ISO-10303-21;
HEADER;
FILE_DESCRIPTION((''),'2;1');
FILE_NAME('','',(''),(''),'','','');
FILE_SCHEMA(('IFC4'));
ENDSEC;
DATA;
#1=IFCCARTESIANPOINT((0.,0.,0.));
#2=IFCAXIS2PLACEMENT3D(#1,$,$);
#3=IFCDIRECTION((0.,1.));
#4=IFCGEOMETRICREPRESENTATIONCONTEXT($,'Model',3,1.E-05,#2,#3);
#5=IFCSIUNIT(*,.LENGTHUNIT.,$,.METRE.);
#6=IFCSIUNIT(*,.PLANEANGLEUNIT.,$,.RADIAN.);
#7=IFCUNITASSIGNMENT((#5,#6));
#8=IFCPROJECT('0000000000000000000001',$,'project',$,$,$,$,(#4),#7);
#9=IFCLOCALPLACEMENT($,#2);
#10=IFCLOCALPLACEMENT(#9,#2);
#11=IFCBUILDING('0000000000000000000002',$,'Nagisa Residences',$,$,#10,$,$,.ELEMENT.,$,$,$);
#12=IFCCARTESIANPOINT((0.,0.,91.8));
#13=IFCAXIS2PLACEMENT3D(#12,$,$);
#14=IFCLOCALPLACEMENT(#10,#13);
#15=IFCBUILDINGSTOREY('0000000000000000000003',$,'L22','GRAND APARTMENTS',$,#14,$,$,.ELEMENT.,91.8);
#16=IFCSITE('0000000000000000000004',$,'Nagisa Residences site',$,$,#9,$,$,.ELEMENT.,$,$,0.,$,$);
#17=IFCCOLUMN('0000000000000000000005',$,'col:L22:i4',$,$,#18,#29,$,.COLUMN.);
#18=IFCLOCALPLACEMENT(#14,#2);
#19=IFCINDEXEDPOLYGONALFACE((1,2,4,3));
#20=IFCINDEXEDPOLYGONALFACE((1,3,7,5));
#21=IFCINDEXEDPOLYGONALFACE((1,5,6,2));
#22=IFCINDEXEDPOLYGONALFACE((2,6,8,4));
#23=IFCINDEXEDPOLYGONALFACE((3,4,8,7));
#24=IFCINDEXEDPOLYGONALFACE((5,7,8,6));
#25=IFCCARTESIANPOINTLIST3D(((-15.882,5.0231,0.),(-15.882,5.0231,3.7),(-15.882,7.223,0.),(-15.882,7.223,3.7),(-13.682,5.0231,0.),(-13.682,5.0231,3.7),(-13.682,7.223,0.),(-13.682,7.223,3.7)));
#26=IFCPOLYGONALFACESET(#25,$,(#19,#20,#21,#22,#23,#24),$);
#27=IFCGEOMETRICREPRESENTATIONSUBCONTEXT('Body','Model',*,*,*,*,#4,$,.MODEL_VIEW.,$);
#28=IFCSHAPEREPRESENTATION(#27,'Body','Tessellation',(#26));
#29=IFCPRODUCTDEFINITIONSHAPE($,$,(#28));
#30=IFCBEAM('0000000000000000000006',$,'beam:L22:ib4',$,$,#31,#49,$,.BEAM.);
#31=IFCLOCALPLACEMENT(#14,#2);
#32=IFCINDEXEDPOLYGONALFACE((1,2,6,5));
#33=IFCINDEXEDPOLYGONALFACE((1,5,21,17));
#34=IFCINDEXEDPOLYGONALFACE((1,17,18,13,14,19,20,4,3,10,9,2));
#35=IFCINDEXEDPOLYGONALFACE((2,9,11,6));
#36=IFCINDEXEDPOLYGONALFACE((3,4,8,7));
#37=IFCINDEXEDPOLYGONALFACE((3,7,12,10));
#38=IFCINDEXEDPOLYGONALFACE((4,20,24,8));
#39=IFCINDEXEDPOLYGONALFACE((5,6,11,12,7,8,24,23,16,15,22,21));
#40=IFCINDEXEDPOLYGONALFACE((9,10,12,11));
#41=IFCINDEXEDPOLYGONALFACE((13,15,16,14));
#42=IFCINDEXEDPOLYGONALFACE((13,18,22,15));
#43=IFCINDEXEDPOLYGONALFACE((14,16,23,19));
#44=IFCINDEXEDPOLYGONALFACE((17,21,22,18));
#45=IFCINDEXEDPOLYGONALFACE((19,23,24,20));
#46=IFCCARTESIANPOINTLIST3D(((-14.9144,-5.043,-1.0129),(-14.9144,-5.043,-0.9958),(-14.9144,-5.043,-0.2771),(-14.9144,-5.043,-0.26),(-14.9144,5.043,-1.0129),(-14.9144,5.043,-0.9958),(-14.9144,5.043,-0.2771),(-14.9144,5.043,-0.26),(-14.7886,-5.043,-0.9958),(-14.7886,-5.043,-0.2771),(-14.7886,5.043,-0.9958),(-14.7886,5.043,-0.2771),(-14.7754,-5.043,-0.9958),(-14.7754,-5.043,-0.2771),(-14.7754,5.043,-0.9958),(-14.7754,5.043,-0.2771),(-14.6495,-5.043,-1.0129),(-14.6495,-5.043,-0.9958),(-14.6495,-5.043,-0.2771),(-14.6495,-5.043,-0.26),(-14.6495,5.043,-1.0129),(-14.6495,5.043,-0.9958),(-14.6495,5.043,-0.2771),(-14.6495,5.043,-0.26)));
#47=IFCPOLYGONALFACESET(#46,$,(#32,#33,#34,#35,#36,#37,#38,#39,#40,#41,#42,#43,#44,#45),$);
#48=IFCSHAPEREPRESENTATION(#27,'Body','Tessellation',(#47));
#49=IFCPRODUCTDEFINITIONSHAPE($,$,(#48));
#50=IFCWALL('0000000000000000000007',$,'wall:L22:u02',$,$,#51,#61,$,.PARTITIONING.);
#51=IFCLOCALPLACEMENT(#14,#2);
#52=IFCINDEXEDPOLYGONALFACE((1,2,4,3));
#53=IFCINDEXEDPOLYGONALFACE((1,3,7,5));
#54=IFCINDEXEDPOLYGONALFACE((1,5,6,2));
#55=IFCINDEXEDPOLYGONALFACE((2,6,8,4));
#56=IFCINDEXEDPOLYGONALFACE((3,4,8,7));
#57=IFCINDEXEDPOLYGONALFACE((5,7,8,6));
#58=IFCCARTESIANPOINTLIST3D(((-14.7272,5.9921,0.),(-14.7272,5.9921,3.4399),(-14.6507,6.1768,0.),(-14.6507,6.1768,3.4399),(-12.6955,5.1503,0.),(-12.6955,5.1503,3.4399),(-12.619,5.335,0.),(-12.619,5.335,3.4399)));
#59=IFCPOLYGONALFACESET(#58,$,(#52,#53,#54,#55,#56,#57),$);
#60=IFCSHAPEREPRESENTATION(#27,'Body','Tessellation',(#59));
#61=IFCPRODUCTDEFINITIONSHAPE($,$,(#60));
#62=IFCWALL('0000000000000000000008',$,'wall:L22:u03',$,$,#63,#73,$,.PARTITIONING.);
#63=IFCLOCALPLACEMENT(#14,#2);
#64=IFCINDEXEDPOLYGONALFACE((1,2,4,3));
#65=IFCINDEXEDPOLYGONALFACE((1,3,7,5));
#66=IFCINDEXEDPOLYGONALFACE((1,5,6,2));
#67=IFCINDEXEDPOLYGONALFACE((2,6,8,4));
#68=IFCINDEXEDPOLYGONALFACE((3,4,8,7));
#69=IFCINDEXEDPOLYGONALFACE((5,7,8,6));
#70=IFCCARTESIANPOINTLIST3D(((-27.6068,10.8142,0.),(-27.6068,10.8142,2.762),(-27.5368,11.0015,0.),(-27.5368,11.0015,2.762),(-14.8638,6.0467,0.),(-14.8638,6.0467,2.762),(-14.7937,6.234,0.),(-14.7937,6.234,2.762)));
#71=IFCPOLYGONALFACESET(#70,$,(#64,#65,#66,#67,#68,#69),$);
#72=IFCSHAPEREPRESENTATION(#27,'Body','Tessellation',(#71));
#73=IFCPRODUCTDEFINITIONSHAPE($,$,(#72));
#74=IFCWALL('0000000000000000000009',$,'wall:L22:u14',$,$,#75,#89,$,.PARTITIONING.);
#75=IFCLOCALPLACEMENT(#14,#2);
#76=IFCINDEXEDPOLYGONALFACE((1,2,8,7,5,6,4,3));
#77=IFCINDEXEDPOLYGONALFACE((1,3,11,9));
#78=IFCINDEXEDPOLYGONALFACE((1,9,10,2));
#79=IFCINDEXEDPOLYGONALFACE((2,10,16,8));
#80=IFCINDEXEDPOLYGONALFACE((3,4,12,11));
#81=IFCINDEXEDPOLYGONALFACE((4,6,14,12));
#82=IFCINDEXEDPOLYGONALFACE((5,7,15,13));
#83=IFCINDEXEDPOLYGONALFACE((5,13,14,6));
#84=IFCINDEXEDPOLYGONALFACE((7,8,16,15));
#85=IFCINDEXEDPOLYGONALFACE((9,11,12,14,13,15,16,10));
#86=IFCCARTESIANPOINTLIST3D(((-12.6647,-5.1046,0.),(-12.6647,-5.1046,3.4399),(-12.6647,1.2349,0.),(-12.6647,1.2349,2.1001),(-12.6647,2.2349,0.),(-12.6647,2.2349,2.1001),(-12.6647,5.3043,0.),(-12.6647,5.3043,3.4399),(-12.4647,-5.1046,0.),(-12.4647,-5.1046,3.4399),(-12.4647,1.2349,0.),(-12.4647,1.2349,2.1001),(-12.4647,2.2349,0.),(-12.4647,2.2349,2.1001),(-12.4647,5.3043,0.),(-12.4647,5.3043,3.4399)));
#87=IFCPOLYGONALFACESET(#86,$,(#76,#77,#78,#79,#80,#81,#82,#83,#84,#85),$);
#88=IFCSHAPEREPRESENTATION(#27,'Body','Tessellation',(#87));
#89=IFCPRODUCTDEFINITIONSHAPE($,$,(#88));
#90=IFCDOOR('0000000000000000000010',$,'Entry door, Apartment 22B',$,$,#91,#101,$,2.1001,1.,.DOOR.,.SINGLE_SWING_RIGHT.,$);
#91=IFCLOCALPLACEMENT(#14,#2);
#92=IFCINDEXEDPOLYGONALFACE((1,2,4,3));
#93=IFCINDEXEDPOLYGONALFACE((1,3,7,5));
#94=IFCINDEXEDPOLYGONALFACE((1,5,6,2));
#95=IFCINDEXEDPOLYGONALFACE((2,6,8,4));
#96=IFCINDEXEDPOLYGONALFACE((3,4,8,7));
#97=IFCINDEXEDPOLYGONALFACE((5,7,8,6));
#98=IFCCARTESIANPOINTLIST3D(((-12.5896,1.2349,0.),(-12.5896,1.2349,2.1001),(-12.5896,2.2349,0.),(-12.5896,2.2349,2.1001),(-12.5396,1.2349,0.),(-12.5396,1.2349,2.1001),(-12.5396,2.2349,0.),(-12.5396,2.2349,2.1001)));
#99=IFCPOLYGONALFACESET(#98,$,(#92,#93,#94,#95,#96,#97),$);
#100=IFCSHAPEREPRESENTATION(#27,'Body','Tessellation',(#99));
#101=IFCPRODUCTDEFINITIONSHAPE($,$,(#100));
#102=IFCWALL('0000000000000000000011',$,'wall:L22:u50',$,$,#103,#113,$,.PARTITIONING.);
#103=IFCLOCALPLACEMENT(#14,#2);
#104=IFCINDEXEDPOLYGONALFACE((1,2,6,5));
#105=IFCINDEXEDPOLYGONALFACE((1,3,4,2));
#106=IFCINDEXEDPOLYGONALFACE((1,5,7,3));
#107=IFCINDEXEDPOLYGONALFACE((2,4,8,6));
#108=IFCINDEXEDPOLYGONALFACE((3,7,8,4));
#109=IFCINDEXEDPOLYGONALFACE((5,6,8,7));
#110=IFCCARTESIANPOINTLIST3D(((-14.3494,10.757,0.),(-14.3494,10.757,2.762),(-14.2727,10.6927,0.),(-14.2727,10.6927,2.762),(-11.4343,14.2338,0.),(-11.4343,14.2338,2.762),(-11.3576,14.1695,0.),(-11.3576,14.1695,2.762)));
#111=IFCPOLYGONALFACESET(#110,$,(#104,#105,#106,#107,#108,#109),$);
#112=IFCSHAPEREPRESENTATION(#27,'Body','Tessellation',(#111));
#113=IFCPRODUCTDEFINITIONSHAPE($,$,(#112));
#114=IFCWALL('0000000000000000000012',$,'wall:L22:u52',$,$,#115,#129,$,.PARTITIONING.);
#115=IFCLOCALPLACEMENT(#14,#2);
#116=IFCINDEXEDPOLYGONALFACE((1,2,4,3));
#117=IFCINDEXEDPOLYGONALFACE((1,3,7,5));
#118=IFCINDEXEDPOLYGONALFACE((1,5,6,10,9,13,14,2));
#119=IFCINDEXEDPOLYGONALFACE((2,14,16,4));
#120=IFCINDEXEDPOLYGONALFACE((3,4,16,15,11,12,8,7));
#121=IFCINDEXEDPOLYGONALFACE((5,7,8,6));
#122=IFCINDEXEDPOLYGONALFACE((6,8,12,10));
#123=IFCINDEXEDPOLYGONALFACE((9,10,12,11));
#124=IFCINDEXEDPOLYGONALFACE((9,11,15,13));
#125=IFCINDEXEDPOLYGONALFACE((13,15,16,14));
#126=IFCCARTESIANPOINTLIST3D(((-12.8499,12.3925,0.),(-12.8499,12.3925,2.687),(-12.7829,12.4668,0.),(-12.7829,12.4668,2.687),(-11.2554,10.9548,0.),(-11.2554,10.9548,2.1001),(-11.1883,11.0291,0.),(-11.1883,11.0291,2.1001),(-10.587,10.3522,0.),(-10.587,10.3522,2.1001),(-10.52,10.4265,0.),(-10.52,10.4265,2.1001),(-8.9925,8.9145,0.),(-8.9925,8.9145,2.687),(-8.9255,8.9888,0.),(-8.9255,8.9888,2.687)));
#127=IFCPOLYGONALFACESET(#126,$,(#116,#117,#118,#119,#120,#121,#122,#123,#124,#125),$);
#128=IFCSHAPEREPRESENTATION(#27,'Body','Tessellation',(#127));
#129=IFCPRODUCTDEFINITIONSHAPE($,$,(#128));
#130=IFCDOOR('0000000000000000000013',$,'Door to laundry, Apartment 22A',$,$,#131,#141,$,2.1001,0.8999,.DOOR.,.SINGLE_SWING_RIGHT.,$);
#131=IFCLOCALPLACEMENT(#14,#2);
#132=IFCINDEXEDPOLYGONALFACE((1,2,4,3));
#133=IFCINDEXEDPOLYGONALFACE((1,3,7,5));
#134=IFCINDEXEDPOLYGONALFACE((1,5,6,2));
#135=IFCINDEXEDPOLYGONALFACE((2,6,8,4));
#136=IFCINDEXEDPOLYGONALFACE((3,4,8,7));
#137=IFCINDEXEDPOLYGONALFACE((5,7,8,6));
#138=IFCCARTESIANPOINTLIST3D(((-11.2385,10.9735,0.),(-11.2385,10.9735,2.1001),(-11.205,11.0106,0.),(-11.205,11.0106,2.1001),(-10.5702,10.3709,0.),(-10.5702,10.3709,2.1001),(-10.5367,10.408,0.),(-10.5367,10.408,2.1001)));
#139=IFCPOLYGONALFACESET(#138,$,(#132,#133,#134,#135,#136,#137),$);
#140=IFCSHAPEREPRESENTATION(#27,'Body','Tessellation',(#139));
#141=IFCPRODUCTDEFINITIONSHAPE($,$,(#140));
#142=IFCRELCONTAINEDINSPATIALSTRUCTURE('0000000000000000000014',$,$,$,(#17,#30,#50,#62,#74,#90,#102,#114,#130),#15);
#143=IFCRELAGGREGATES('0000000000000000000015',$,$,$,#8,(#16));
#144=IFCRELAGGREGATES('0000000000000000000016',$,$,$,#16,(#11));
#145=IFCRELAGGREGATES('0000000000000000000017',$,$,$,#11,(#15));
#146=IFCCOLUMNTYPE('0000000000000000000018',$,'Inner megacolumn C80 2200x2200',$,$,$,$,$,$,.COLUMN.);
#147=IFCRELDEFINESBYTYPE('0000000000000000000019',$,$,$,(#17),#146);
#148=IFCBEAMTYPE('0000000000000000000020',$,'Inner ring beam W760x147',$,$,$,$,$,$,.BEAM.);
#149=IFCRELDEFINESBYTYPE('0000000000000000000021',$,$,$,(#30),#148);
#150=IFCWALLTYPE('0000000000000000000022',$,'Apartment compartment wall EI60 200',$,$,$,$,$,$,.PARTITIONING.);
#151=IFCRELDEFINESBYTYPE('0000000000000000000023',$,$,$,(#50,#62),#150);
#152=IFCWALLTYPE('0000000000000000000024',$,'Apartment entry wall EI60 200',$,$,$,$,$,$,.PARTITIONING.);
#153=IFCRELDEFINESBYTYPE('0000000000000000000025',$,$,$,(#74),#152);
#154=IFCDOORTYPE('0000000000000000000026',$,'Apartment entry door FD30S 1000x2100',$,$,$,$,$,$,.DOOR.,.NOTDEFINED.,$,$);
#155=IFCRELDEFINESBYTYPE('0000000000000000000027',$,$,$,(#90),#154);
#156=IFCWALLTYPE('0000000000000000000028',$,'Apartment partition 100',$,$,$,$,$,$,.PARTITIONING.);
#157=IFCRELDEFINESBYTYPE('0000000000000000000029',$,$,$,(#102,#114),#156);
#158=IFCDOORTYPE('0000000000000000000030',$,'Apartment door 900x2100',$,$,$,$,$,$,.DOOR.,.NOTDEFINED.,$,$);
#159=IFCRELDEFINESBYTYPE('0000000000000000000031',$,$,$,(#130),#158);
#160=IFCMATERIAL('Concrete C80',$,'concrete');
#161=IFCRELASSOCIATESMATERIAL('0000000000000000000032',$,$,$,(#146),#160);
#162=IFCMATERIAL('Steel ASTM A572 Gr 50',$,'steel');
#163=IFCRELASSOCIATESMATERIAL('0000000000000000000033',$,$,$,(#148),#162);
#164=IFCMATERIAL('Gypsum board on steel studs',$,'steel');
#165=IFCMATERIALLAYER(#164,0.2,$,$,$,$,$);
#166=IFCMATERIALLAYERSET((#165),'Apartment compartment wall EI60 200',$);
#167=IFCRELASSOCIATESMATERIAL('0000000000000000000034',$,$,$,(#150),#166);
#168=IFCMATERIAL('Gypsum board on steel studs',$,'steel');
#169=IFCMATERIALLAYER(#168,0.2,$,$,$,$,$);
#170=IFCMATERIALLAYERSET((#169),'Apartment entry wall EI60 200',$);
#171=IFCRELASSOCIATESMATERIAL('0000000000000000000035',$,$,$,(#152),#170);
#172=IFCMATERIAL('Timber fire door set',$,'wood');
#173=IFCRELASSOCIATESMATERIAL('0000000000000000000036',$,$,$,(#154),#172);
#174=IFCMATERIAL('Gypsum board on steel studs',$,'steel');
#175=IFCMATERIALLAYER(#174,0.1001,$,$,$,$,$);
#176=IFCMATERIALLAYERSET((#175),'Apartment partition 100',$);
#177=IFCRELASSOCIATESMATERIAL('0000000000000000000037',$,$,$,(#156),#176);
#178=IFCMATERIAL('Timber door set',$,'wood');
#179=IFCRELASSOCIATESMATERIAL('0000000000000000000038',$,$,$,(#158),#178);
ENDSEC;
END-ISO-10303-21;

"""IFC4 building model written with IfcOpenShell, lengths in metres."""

from ifc_helpers import new_model, si_unit, direction, frame, frame_2d, origin, origin_2d, place, context, subcontext, project, spatial, rectangle, i_section, extrude, material, layer, layer_set, material_profile, profile_set, type_object, element, fill, save


model = new_model("IFC4")

# Units and contexts
model_context = context("Model", 3, precision=1e-05, world=origin(), true_north=direction((0.0, 1.0)))
body_context = subcontext(model_context, "Body", "Model", "MODEL_VIEW")
ifc_project = project(units=[si_unit("LENGTHUNIT", "METRE"), si_unit("PLANEANGLEUNIT", "RADIAN")], contexts=[model_context])

# Site, building, storey
site_placement = place(None, origin())
site = spatial("IfcSite", under=ifc_project, at=site_placement, Name="Nagisa Residences site", CompositionType="ELEMENT", RefElevation=0.0)
building_placement = place(site_placement, origin())
building = spatial("IfcBuilding", under=site, at=building_placement, Name="Nagisa Residences", CompositionType="ELEMENT")
storey_placement = place(building_placement, frame((0.0, 0.0, 91.8)))
storey = spatial("IfcBuildingStorey", under=building, at=storey_placement, Name="L22", Description="GRAND APARTMENTS", CompositionType="ELEMENT", Elevation=91.8)

# Column
ifc_material_1 = material(Name="Concrete C80", Category="concrete")
ifc_material_profile_1 = material_profile(ifc_material_1, rectangle(XDim=2.2, YDim=2.2, at=origin_2d()), Name="C80 2200x2200")
ifc_profile_set_1 = profile_set([ifc_material_profile_1], Name="Concrete C80")
column_type = type_object("IfcColumnType", Name="Inner megacolumn C80 2200x2200", PredefinedType="COLUMN", material=ifc_profile_set_1)
column_placement = place(storey_placement, frame((-14.782, 6.123, 0.0), z_axis=(0.0, 0.0, 1.0), x_axis=(1.0, 0.0, 0.0)))
element("IfcColumn", 1, at=column_placement, inside=storey, type_object=column_type, Name="col:L22:i4", PredefinedType="COLUMN", context=body_context, shape_type="SweptSolid", body=[
    extrude(rectangle(XDim=2.2, YDim=2.2, at=origin_2d()), origin(), (0.0, 0.0, 1.0), 3.7),
])

# Beam
ifc_material_2 = material(Name="Steel ASTM A572 Gr 50", Category="steel")
ifc_material_profile_2 = material_profile(ifc_material_2, i_section(OverallWidth=0.2649, OverallDepth=0.7529, WebThickness=0.0132, FlangeThickness=0.0171, at=origin_2d()), Name="W760x147")
ifc_profile_set_2 = profile_set([ifc_material_profile_2], Name="Steel ASTM A572 Gr 50")
beam_type = type_object("IfcBeamType", Name="Inner ring beam W760x147", PredefinedType="BEAM", material=ifc_profile_set_2)
beam_placement = place(storey_placement, frame((-14.782, 5.043, -0.6365), z_axis=(0.0, -1.0, 0.0), x_axis=(1.0, 0.0, 0.0)))
element("IfcBeam", 2, at=beam_placement, inside=storey, type_object=beam_type, Name="beam:L22:ib4", PredefinedType="BEAM", context=body_context, shape_type="SweptSolid", body=[
    extrude(i_section(OverallWidth=0.2649, OverallDepth=0.7529, WebThickness=0.0132, FlangeThickness=0.0171, at=origin_2d()), origin(), (0.0, 0.0, 1.0), 10.0859),
])

# Walls
ifc_material_3 = material(Name="Gypsum board on steel studs", Category="steel")
ifc_layer_1 = layer(ifc_material_3, 0.2)
ifc_layer_set_1 = layer_set([ifc_layer_1], Name="Apartment compartment wall EI60 200")
wall_type_1 = type_object("IfcWallType", Name="Apartment compartment wall EI60 200", PredefinedType="PARTITIONING", material=ifc_layer_set_1)
wall_1_placement = place(storey_placement, frame((-12.6572, 5.2427, 0.0), z_axis=(0.0, 0.0, 1.0), x_axis=(-0.923844, 0.38277, 0.0)))
element("IfcWall", 3, at=wall_1_placement, inside=storey, type_object=wall_type_1, Name="wall:L22:u02", PredefinedType="PARTITIONING", context=body_context, shape_type="SweptSolid", body=[
    extrude(rectangle(XDim=2.1992, YDim=0.2, at=frame_2d((1.0996, 0.0))), origin(), (0.0, 0.0, 1.0), 3.4399),
])
wall_2_placement = place(storey_placement, frame((-14.8289, 6.1404, 0.0), z_axis=(0.0, 0.0, 1.0), x_axis=(-0.936597, 0.350408, 0.0)))
element("IfcWall", 4, at=wall_2_placement, inside=storey, type_object=wall_type_1, Name="wall:L22:u03", PredefinedType="PARTITIONING", context=body_context, shape_type="SweptSolid", body=[
    extrude(rectangle(XDim=13.6057, YDim=0.2, at=frame_2d((6.8027, 0.0))), origin(), (0.0, 0.0, 1.0), 2.762),
])

# Wall, opening, door
ifc_material_4 = material(Name="Gypsum board on steel studs", Category="steel")
ifc_layer_2 = layer(ifc_material_4, 0.2)
ifc_layer_set_2 = layer_set([ifc_layer_2], Name="Apartment entry wall EI60 200")
wall_type_2 = type_object("IfcWallType", Name="Apartment entry wall EI60 200", PredefinedType="PARTITIONING", material=ifc_layer_set_2)
wall_3_placement = place(storey_placement, frame((-12.5647, 5.3044, 0.0), z_axis=(0.0, 0.0, 1.0), x_axis=(0.0, -1.0, 0.0)))
wall_3 = element("IfcWall", 5, at=wall_3_placement, inside=storey, type_object=wall_type_2, Name="wall:L22:u14", PredefinedType="PARTITIONING", context=body_context, shape_type="SweptSolid", body=[
    extrude(rectangle(XDim=10.4089, YDim=0.2, at=frame_2d((5.2046, 0.0))), origin(), (0.0, 0.0, 1.0), 3.4399),
])
opening_1_placement = place(wall_3_placement, frame((3.0696, 0.0, 0.0)))
opening_1 = element("IfcOpeningElement", 6, at=opening_1_placement, cuts=wall_3, PredefinedType="OPENING", context=body_context, shape_type="SweptSolid", body=[
    extrude(rectangle(XDim=1.0, YDim=2.1001, at=frame_2d((0.5, 1.05))), frame((0.0, 0.1099, 0.0), z_axis=(0.0, -1.0, 0.0), x_axis=(1.0, 0.0, 0.0)), (0.0, 0.0, 1.0), 0.22),
])
ifc_material_5 = material(Name="Timber fire door set", Category="wood")
door_type_1 = type_object("IfcDoorType", Name="Apartment entry door FD30S 1000x2100", OperationType="NOTDEFINED", PredefinedType="DOOR", material=ifc_material_5)
door_1_placement = place(opening_1_placement, frame((1.0, 0.0, 0.0), x_axis=(-1.0, 0.0, 0.0)))
door_1 = element("IfcDoor", 7, at=door_1_placement, inside=storey, type_object=door_type_1, Name="Entry door, Apartment 22B", OperationType="SINGLE_SWING_RIGHT", OverallHeight=2.1001, OverallWidth=1.0, PredefinedType="DOOR", context=body_context, shape_type="SweptSolid", body=[
    extrude(rectangle(XDim=1.0, YDim=2.1001, at=frame_2d((0.5, 1.05))), frame((0.0, 0.0249, 0.0), z_axis=(0.0, -1.0, 0.0), x_axis=(1.0, 0.0, 0.0)), (0.0, 0.0, 1.0), 0.05),
])
fill(opening_1, door_1)

# Wall
ifc_material_6 = material(Name="Gypsum board on steel studs", Category="steel")
ifc_layer_3 = layer(ifc_material_6, 0.1001)
ifc_layer_set_3 = layer_set([ifc_layer_3], Name="Apartment partition 100")
wall_type_3 = type_object("IfcWallType", Name="Apartment partition 100", PredefinedType="PARTITIONING", material=ifc_layer_set_3)
wall_4_placement = place(storey_placement, frame((-11.396, 14.2017, 0.0), z_axis=(0.0, 0.0, 1.0), x_axis=(-0.642484, -0.766299, 0.0)))
element("IfcWall", 8, at=wall_4_placement, inside=storey, type_object=wall_type_3, Name="wall:L22:u50", PredefinedType="PARTITIONING", context=body_context, shape_type="SweptSolid", body=[
    extrude(rectangle(XDim=4.5371, YDim=0.1001, at=frame_2d((2.2686, 0.0))), origin(), (0.0, 0.0, 1.0), 2.762),
])

# Wall, opening, door
wall_5_placement = place(storey_placement, frame((-8.959, 8.9517, 0.0), z_axis=(0.0, 0.0, 1.0), x_axis=(-0.742686, 0.66964, 0.0)))
wall_5 = element("IfcWall", 9, at=wall_5_placement, inside=storey, type_object=wall_type_3, Name="wall:L22:u52", PredefinedType="PARTITIONING", context=body_context, shape_type="SweptSolid", body=[
    extrude(rectangle(XDim=5.1938, YDim=0.1001, at=frame_2d((2.5969, 0.0))), origin(), (0.0, 0.0, 1.0), 2.687),
])
opening_2_placement = place(wall_5_placement, frame((2.147, 0.0, 0.0)))
opening_2 = element("IfcOpeningElement", 10, at=opening_2_placement, cuts=wall_5, PredefinedType="OPENING", context=body_context, shape_type="SweptSolid", body=[
    extrude(rectangle(XDim=0.8999, YDim=2.1001, at=frame_2d((0.45, 1.05))), frame((0.0, 0.0601, 0.0), z_axis=(0.0, -1.0, 0.0), x_axis=(1.0, 0.0, 0.0)), (0.0, 0.0, 1.0), 0.1201),
])
ifc_material_7 = material(Name="Timber door set", Category="wood")
door_type_2 = type_object("IfcDoorType", Name="Apartment door 900x2100", OperationType="NOTDEFINED", PredefinedType="DOOR", material=ifc_material_7)
door_2_placement = place(opening_2_placement, origin())
door_2 = element("IfcDoor", 11, at=door_2_placement, inside=storey, type_object=door_type_2, Name="Door to laundry, Apartment 22A", OperationType="SINGLE_SWING_RIGHT", OverallHeight=2.1001, OverallWidth=0.8999, PredefinedType="DOOR", context=body_context, shape_type="SweptSolid", body=[
    extrude(rectangle(XDim=0.8999, YDim=2.1001, at=frame_2d((0.45, 1.05))), frame((0.0, 0.0249, 0.0), z_axis=(0.0, -1.0, 0.0), x_axis=(1.0, 0.0, 0.0)), (0.0, 0.0, 1.0), 0.05),
])
fill(opening_2, door_2)

save(model, "model.ifc")
